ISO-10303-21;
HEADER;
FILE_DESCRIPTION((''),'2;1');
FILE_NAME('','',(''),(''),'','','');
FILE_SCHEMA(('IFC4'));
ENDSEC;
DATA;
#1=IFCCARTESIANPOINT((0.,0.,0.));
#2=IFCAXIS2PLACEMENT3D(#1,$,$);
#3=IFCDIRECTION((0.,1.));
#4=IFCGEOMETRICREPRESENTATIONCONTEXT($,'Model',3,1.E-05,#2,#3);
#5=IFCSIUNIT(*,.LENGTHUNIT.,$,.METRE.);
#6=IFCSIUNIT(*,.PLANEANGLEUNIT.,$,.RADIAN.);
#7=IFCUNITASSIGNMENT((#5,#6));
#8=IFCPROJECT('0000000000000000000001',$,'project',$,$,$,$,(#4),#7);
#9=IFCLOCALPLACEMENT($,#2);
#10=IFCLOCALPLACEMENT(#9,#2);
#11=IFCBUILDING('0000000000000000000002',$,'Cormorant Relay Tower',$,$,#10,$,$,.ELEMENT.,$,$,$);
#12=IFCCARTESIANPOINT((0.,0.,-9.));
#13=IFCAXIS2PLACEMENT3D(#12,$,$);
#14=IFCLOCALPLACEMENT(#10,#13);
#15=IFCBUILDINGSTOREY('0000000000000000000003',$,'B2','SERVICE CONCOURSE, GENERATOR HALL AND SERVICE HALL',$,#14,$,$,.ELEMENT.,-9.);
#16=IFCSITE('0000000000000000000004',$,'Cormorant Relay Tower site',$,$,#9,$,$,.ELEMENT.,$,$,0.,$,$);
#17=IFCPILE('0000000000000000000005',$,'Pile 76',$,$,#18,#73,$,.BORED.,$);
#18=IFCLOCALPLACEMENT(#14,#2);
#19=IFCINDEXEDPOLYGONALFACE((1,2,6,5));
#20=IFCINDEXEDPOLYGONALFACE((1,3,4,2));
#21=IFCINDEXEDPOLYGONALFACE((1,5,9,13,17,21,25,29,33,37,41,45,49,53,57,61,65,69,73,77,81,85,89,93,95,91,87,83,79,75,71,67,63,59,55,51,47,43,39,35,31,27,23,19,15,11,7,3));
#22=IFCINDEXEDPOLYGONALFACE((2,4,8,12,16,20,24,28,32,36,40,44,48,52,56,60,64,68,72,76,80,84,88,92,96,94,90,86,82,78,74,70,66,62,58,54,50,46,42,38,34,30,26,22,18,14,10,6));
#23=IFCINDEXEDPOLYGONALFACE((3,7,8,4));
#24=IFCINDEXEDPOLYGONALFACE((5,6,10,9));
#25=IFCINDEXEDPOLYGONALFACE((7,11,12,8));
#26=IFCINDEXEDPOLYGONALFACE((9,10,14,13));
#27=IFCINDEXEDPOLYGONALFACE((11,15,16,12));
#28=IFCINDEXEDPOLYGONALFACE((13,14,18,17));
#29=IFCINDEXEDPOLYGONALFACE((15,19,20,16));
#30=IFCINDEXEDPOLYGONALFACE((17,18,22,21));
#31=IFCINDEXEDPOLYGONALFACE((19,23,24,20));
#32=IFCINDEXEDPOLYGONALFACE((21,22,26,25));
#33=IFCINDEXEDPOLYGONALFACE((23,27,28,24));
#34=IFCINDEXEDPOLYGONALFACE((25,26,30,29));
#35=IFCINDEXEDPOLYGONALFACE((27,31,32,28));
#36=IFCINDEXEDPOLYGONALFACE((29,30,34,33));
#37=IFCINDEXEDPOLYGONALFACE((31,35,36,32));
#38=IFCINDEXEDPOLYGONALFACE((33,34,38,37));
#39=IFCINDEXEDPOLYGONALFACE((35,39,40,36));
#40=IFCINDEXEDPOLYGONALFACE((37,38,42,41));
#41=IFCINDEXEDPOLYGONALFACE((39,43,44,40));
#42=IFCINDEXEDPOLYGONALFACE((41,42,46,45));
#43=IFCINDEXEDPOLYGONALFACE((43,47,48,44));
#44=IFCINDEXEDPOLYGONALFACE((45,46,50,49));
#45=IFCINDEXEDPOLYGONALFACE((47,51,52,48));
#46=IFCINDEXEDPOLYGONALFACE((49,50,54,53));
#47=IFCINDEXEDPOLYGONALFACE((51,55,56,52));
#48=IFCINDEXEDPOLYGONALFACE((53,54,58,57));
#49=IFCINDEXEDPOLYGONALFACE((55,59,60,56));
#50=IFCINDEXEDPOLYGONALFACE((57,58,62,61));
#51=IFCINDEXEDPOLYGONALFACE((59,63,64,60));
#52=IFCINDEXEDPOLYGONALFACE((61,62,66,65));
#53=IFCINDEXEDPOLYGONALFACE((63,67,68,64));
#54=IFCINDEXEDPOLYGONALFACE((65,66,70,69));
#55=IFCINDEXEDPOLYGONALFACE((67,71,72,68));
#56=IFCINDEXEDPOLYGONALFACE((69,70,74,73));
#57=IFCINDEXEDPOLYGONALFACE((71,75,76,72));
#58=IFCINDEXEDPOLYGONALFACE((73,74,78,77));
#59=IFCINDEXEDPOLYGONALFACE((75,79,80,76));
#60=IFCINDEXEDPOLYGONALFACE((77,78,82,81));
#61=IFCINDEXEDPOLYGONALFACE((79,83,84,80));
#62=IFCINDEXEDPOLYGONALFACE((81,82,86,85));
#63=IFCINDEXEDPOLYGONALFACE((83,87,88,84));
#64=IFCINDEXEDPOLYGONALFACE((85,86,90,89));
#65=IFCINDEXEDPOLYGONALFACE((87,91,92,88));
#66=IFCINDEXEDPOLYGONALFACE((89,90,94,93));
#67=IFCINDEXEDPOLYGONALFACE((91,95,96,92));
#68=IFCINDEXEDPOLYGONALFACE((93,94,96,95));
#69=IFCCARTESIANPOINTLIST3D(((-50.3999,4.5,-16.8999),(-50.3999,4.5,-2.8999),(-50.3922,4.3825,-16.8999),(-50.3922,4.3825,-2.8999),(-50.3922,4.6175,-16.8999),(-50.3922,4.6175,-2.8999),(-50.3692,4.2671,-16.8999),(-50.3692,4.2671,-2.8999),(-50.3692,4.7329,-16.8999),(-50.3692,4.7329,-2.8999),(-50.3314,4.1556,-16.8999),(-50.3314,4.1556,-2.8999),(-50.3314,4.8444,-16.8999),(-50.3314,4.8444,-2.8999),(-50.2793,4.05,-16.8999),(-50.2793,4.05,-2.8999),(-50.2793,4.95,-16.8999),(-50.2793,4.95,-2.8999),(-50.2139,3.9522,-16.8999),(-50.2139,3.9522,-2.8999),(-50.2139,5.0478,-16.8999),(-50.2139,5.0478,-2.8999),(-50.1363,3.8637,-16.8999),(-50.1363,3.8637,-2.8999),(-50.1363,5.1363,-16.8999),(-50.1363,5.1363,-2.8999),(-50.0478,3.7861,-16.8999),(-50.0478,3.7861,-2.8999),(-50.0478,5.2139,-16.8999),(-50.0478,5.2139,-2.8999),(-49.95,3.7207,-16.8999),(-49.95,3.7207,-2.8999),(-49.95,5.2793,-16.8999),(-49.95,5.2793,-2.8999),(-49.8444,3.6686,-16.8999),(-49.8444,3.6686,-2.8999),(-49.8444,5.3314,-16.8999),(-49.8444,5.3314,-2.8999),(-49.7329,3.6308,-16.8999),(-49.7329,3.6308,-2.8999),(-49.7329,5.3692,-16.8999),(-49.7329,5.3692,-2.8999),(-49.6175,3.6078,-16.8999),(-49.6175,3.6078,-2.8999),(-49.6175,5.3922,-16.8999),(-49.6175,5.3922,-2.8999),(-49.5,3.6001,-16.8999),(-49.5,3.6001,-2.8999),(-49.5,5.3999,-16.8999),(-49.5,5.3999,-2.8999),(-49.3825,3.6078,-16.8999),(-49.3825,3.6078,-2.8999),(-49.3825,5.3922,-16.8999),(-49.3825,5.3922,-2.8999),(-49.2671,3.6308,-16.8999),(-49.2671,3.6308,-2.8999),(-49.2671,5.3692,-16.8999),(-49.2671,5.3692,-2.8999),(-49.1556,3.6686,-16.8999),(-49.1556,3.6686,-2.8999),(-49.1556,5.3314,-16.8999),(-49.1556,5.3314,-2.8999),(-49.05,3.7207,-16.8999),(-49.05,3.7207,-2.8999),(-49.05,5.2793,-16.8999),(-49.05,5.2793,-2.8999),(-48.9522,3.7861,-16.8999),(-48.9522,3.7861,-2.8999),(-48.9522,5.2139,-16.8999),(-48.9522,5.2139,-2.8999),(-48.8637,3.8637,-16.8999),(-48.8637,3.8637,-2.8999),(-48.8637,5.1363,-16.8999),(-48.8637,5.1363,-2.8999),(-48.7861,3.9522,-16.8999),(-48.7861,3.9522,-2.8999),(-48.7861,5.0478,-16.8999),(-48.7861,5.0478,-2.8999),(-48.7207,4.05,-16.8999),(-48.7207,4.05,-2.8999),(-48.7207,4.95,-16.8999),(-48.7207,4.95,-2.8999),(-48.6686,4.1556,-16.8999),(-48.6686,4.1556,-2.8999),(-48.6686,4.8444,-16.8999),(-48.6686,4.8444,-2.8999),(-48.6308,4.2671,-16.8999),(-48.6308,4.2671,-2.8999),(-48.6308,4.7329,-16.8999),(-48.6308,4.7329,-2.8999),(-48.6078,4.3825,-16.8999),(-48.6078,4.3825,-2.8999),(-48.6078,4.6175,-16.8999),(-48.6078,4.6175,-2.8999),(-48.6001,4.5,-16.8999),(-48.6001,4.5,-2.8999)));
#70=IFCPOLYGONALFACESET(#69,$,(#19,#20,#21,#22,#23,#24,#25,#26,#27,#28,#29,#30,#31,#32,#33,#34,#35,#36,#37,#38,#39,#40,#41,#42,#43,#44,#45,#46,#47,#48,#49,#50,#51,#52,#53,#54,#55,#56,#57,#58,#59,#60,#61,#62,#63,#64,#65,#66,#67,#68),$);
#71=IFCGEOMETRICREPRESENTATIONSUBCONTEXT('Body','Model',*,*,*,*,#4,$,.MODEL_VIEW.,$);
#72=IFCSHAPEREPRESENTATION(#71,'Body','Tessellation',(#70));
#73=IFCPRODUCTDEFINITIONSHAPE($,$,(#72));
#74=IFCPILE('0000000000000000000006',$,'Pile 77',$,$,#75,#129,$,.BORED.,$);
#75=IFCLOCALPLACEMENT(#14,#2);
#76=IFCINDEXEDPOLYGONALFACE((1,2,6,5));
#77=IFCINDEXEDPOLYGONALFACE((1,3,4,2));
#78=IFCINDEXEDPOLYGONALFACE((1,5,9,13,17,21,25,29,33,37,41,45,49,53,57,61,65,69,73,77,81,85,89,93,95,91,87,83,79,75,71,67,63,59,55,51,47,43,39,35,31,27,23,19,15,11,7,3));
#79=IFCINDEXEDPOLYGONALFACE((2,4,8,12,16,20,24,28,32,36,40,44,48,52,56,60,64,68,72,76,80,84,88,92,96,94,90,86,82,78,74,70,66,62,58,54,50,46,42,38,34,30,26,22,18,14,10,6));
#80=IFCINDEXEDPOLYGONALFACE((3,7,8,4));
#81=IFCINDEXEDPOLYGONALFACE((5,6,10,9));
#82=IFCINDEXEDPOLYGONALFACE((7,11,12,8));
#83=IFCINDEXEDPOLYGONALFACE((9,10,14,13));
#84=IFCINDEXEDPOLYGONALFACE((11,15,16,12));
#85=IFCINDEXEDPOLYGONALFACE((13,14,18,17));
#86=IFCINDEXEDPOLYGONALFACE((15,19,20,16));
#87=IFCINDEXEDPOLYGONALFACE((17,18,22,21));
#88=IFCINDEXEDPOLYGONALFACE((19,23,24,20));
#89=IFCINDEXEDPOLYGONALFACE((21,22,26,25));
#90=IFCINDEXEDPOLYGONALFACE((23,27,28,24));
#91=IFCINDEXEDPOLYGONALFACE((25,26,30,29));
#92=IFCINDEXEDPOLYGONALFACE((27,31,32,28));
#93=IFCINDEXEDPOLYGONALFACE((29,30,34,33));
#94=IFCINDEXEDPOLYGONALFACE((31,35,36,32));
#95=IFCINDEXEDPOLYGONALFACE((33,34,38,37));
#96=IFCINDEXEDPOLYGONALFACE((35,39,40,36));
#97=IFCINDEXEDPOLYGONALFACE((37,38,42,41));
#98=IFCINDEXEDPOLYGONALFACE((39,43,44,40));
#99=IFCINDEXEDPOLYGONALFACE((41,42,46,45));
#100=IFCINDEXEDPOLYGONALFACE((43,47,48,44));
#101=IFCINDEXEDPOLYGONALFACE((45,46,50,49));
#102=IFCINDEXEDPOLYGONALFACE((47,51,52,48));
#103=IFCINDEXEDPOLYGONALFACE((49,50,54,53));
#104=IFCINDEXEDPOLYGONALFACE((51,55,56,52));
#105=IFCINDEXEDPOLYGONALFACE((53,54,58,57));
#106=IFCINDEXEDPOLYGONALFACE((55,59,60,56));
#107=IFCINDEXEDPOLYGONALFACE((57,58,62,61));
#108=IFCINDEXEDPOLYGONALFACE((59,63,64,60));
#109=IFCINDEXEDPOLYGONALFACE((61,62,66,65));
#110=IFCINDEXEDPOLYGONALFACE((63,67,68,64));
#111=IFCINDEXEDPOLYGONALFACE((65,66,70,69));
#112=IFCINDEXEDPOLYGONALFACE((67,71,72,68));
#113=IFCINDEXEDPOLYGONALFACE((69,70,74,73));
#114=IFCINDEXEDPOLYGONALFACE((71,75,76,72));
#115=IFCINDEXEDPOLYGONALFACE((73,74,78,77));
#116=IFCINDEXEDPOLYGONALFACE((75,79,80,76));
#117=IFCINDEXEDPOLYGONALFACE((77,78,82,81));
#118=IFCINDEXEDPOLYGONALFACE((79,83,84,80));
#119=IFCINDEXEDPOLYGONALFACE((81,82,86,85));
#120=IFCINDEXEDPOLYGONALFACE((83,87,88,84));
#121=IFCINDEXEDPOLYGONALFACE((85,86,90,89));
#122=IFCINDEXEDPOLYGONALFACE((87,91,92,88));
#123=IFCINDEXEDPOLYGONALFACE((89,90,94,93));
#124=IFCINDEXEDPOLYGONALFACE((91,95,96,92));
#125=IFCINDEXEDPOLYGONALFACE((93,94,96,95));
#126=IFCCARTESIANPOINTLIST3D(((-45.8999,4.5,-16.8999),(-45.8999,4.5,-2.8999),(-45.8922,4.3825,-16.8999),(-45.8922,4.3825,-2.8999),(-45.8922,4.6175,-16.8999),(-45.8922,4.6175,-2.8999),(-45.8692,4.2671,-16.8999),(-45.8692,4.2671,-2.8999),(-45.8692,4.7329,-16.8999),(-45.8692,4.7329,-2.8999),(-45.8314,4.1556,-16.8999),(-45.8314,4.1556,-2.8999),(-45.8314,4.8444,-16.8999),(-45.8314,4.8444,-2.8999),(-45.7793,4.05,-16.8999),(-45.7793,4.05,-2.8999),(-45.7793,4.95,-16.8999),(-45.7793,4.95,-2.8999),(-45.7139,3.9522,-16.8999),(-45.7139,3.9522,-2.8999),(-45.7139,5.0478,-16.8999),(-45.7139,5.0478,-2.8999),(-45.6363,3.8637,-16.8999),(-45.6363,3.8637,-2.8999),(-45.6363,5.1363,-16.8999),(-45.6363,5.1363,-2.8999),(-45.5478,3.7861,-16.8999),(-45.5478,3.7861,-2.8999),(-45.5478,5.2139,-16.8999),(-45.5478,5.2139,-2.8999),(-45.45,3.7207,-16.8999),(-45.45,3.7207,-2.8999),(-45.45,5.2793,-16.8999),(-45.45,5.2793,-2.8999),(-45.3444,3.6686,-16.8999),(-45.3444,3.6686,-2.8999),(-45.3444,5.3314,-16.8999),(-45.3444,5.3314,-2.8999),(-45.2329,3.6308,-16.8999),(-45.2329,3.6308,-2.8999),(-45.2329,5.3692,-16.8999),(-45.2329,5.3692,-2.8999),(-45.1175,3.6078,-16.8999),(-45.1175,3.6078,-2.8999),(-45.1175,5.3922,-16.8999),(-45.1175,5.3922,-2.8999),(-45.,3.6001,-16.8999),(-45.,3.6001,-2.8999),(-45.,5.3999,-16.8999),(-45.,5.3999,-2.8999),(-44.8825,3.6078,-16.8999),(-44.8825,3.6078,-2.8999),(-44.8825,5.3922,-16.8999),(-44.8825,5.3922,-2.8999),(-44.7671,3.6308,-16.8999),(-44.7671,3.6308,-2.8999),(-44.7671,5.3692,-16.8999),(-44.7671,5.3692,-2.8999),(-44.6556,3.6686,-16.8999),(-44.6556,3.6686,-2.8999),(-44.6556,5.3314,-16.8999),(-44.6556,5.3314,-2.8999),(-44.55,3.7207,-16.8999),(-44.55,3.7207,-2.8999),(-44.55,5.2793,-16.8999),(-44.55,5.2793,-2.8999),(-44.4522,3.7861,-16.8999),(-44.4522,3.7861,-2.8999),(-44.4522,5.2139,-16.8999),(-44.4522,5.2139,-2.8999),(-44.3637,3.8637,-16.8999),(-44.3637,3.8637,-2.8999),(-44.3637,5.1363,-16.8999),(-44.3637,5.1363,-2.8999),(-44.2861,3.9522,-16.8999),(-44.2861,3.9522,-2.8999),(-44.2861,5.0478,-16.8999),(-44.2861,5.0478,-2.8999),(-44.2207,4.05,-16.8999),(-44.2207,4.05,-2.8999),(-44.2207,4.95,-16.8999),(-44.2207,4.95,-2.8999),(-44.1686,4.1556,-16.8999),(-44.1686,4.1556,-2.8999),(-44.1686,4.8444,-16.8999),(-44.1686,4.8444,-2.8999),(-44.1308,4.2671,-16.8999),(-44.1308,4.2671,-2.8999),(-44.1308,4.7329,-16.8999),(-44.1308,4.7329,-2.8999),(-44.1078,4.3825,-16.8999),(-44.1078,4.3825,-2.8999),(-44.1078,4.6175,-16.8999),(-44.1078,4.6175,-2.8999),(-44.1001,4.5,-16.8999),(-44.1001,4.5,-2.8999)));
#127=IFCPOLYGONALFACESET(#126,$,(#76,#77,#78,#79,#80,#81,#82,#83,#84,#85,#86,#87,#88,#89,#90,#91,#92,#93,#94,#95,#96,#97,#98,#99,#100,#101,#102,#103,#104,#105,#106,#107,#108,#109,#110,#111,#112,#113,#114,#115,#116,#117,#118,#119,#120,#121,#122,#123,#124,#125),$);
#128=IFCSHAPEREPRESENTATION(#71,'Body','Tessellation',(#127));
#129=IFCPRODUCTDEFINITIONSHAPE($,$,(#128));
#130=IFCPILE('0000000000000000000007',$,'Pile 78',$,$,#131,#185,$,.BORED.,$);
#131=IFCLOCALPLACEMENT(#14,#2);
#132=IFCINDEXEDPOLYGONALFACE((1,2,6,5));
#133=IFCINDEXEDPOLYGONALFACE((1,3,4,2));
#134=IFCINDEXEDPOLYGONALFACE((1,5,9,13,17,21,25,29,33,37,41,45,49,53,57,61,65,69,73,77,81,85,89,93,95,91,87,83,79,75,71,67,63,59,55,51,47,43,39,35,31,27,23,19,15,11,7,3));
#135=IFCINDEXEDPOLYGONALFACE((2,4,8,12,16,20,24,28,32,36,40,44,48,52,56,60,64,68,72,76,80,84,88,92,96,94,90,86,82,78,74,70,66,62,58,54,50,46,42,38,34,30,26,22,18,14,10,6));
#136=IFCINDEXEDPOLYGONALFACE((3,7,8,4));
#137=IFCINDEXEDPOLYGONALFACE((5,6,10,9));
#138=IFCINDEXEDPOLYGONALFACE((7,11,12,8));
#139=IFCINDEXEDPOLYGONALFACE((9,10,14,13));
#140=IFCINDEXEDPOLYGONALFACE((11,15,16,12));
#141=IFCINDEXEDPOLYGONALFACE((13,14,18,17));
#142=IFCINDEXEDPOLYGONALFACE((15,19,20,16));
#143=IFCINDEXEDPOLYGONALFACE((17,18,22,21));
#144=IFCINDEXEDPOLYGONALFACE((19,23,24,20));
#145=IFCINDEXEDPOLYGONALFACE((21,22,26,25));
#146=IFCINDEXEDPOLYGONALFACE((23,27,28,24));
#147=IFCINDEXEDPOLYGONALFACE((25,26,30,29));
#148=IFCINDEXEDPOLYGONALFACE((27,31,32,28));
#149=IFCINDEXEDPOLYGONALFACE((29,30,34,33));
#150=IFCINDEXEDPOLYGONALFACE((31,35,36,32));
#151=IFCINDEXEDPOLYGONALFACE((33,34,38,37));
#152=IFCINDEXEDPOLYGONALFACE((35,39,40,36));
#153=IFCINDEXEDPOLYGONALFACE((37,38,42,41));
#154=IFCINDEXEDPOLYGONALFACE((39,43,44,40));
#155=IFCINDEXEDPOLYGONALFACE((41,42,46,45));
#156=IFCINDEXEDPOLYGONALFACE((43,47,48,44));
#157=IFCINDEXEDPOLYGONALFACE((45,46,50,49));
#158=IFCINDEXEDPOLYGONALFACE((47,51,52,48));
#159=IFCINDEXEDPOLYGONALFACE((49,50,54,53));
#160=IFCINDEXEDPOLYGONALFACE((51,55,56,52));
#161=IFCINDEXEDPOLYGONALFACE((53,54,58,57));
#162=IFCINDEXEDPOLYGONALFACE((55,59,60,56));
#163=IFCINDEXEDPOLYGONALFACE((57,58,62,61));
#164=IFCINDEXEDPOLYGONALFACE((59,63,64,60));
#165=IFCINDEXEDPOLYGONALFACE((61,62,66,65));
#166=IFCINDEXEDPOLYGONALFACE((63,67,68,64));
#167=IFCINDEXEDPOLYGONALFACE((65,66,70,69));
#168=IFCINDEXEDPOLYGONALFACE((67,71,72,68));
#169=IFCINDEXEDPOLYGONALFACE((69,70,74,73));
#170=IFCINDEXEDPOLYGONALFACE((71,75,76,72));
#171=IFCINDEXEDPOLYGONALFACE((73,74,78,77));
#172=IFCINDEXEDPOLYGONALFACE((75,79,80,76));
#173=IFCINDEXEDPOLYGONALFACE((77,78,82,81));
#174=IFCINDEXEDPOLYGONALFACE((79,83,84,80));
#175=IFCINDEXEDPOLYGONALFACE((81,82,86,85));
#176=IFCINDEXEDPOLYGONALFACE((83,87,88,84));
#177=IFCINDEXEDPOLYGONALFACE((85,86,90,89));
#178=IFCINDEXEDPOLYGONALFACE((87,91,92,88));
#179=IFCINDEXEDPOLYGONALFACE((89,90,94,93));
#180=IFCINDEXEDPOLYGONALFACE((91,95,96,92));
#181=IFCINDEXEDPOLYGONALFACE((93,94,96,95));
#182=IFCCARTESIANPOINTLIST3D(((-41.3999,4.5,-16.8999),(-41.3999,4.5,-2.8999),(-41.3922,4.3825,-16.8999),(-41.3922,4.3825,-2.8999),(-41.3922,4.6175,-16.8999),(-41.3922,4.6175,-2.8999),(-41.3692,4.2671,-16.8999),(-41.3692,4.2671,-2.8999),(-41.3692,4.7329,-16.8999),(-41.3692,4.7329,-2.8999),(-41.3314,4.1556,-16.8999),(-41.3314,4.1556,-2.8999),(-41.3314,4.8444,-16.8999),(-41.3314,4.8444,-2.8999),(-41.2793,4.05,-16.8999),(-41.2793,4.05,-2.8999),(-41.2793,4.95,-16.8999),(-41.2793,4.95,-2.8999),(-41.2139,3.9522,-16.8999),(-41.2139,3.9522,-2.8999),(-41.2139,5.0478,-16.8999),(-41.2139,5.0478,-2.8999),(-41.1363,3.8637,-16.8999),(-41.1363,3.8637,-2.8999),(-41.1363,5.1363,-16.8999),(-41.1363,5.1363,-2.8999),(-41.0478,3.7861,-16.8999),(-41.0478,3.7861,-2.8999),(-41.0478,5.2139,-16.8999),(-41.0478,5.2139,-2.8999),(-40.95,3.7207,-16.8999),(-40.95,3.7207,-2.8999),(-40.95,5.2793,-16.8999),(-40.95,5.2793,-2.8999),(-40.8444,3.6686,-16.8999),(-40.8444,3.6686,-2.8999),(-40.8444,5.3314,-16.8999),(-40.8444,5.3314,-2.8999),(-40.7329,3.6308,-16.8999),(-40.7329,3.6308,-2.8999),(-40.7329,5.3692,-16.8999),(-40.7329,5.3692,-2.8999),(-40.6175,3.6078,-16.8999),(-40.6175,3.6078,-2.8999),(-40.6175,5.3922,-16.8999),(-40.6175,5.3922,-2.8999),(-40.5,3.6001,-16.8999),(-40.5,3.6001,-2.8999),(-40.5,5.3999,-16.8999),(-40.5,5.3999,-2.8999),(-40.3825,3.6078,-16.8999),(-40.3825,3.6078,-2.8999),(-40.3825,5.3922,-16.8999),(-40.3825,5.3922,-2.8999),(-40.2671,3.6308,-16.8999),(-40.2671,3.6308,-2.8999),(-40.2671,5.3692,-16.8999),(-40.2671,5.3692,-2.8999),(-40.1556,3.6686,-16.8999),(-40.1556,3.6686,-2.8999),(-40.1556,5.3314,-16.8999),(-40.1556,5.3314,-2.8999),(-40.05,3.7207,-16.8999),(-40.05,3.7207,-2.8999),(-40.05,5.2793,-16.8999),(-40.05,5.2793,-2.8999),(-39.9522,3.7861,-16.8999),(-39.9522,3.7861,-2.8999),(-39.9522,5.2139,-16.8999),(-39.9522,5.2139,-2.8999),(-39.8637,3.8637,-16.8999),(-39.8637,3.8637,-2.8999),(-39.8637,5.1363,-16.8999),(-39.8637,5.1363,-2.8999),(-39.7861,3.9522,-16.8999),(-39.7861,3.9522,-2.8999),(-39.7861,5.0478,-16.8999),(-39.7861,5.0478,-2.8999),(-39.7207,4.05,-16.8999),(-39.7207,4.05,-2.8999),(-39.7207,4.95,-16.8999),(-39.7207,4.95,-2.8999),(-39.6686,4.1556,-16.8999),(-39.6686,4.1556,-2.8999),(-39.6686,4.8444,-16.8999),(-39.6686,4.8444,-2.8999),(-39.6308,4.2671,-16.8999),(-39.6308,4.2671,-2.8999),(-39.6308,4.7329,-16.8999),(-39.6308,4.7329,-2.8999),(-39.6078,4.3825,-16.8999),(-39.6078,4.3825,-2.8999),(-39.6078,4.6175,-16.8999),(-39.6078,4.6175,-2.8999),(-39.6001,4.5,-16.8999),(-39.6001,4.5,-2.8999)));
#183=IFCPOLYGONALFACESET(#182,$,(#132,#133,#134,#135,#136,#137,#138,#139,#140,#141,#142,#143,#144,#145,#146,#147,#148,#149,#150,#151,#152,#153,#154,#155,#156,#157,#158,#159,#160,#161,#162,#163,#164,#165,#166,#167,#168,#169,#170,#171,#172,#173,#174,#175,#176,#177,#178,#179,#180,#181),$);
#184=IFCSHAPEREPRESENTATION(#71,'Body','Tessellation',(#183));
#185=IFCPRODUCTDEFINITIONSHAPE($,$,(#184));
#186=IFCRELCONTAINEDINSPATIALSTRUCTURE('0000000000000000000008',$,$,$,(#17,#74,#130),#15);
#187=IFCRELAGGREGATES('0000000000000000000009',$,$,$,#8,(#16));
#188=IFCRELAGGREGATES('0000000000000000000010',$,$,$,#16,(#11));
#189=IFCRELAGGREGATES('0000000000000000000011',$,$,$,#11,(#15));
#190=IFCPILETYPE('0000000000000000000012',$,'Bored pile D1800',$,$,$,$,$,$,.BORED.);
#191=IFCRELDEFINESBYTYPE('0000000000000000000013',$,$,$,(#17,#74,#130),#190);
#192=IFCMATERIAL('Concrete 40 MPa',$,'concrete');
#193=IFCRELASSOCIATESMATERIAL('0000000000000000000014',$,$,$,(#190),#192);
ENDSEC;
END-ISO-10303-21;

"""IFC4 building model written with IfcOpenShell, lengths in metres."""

from ifc_helpers import new_model, si_unit, direction, frame, origin, origin_2d, place, context, subcontext, project, spatial, circle, extrude, material, material_profile, profile_set, type_object, element, save


model = new_model("IFC4")

# Units and contexts
model_context = context("Model", 3, precision=1e-05, world=origin(), true_north=direction((0.0, 1.0)))
body_context = subcontext(model_context, "Body", "Model", "MODEL_VIEW")
ifc_project = project(units=[si_unit("LENGTHUNIT", "METRE"), si_unit("PLANEANGLEUNIT", "RADIAN")], contexts=[model_context])

# Site, building, storey
site_placement = place(None, origin())
site = spatial("IfcSite", under=ifc_project, at=site_placement, Name="Cormorant Relay Tower site", CompositionType="ELEMENT", RefElevation=0.0)
building_placement = place(site_placement, origin())
building = spatial("IfcBuilding", under=site, at=building_placement, Name="Cormorant Relay Tower", CompositionType="ELEMENT")
storey_placement = place(building_placement, frame((0.0, 0.0, -9.0)))
storey = spatial("IfcBuildingStorey", under=building, at=storey_placement, Name="B2", Description="SERVICE CONCOURSE, GENERATOR HALL AND SERVICE HALL", CompositionType="ELEMENT", Elevation=-9.0)

# Piles
ifc_material_1 = material(Name="Concrete 40 MPa", Category="concrete")
ifc_material_profile_1 = material_profile(ifc_material_1, circle(Radius=0.8999, at=origin_2d()), Name="BP1800")
ifc_profile_set_1 = profile_set([ifc_material_profile_1], Name="Concrete 40 MPa")
pile_type = type_object("IfcPileType", Name="Bored pile D1800", PredefinedType="BORED", material=ifc_profile_set_1)
for number, where, z_axis, x_axis, name in (
    (1, (-49.5, 4.5, -2.8999), (0.0, 0.0, -1.0), (1.0, 0.0, 0.0), "Pile 76"),
    (2, (-45.0, 4.5, -2.8999), (0.0, 0.0, -1.0), (1.0, 0.0, 0.0), "Pile 77"),
    (3, (-40.5, 4.5, -2.8999), (0.0, 0.0, -1.0), (1.0, 0.0, 0.0), "Pile 78"),
):
    element("IfcPile", number, at=place(storey_placement, frame(where, z_axis=z_axis, x_axis=x_axis)), inside=storey, type_object=pile_type, Name=name, PredefinedType="BORED", context=body_context, shape_type="SweptSolid", body=[
        extrude(circle(Radius=0.8999, at=origin_2d()), origin(), (0.0, 0.0, 1.0), 14.0),
    ])

save(model, "model.ifc")
